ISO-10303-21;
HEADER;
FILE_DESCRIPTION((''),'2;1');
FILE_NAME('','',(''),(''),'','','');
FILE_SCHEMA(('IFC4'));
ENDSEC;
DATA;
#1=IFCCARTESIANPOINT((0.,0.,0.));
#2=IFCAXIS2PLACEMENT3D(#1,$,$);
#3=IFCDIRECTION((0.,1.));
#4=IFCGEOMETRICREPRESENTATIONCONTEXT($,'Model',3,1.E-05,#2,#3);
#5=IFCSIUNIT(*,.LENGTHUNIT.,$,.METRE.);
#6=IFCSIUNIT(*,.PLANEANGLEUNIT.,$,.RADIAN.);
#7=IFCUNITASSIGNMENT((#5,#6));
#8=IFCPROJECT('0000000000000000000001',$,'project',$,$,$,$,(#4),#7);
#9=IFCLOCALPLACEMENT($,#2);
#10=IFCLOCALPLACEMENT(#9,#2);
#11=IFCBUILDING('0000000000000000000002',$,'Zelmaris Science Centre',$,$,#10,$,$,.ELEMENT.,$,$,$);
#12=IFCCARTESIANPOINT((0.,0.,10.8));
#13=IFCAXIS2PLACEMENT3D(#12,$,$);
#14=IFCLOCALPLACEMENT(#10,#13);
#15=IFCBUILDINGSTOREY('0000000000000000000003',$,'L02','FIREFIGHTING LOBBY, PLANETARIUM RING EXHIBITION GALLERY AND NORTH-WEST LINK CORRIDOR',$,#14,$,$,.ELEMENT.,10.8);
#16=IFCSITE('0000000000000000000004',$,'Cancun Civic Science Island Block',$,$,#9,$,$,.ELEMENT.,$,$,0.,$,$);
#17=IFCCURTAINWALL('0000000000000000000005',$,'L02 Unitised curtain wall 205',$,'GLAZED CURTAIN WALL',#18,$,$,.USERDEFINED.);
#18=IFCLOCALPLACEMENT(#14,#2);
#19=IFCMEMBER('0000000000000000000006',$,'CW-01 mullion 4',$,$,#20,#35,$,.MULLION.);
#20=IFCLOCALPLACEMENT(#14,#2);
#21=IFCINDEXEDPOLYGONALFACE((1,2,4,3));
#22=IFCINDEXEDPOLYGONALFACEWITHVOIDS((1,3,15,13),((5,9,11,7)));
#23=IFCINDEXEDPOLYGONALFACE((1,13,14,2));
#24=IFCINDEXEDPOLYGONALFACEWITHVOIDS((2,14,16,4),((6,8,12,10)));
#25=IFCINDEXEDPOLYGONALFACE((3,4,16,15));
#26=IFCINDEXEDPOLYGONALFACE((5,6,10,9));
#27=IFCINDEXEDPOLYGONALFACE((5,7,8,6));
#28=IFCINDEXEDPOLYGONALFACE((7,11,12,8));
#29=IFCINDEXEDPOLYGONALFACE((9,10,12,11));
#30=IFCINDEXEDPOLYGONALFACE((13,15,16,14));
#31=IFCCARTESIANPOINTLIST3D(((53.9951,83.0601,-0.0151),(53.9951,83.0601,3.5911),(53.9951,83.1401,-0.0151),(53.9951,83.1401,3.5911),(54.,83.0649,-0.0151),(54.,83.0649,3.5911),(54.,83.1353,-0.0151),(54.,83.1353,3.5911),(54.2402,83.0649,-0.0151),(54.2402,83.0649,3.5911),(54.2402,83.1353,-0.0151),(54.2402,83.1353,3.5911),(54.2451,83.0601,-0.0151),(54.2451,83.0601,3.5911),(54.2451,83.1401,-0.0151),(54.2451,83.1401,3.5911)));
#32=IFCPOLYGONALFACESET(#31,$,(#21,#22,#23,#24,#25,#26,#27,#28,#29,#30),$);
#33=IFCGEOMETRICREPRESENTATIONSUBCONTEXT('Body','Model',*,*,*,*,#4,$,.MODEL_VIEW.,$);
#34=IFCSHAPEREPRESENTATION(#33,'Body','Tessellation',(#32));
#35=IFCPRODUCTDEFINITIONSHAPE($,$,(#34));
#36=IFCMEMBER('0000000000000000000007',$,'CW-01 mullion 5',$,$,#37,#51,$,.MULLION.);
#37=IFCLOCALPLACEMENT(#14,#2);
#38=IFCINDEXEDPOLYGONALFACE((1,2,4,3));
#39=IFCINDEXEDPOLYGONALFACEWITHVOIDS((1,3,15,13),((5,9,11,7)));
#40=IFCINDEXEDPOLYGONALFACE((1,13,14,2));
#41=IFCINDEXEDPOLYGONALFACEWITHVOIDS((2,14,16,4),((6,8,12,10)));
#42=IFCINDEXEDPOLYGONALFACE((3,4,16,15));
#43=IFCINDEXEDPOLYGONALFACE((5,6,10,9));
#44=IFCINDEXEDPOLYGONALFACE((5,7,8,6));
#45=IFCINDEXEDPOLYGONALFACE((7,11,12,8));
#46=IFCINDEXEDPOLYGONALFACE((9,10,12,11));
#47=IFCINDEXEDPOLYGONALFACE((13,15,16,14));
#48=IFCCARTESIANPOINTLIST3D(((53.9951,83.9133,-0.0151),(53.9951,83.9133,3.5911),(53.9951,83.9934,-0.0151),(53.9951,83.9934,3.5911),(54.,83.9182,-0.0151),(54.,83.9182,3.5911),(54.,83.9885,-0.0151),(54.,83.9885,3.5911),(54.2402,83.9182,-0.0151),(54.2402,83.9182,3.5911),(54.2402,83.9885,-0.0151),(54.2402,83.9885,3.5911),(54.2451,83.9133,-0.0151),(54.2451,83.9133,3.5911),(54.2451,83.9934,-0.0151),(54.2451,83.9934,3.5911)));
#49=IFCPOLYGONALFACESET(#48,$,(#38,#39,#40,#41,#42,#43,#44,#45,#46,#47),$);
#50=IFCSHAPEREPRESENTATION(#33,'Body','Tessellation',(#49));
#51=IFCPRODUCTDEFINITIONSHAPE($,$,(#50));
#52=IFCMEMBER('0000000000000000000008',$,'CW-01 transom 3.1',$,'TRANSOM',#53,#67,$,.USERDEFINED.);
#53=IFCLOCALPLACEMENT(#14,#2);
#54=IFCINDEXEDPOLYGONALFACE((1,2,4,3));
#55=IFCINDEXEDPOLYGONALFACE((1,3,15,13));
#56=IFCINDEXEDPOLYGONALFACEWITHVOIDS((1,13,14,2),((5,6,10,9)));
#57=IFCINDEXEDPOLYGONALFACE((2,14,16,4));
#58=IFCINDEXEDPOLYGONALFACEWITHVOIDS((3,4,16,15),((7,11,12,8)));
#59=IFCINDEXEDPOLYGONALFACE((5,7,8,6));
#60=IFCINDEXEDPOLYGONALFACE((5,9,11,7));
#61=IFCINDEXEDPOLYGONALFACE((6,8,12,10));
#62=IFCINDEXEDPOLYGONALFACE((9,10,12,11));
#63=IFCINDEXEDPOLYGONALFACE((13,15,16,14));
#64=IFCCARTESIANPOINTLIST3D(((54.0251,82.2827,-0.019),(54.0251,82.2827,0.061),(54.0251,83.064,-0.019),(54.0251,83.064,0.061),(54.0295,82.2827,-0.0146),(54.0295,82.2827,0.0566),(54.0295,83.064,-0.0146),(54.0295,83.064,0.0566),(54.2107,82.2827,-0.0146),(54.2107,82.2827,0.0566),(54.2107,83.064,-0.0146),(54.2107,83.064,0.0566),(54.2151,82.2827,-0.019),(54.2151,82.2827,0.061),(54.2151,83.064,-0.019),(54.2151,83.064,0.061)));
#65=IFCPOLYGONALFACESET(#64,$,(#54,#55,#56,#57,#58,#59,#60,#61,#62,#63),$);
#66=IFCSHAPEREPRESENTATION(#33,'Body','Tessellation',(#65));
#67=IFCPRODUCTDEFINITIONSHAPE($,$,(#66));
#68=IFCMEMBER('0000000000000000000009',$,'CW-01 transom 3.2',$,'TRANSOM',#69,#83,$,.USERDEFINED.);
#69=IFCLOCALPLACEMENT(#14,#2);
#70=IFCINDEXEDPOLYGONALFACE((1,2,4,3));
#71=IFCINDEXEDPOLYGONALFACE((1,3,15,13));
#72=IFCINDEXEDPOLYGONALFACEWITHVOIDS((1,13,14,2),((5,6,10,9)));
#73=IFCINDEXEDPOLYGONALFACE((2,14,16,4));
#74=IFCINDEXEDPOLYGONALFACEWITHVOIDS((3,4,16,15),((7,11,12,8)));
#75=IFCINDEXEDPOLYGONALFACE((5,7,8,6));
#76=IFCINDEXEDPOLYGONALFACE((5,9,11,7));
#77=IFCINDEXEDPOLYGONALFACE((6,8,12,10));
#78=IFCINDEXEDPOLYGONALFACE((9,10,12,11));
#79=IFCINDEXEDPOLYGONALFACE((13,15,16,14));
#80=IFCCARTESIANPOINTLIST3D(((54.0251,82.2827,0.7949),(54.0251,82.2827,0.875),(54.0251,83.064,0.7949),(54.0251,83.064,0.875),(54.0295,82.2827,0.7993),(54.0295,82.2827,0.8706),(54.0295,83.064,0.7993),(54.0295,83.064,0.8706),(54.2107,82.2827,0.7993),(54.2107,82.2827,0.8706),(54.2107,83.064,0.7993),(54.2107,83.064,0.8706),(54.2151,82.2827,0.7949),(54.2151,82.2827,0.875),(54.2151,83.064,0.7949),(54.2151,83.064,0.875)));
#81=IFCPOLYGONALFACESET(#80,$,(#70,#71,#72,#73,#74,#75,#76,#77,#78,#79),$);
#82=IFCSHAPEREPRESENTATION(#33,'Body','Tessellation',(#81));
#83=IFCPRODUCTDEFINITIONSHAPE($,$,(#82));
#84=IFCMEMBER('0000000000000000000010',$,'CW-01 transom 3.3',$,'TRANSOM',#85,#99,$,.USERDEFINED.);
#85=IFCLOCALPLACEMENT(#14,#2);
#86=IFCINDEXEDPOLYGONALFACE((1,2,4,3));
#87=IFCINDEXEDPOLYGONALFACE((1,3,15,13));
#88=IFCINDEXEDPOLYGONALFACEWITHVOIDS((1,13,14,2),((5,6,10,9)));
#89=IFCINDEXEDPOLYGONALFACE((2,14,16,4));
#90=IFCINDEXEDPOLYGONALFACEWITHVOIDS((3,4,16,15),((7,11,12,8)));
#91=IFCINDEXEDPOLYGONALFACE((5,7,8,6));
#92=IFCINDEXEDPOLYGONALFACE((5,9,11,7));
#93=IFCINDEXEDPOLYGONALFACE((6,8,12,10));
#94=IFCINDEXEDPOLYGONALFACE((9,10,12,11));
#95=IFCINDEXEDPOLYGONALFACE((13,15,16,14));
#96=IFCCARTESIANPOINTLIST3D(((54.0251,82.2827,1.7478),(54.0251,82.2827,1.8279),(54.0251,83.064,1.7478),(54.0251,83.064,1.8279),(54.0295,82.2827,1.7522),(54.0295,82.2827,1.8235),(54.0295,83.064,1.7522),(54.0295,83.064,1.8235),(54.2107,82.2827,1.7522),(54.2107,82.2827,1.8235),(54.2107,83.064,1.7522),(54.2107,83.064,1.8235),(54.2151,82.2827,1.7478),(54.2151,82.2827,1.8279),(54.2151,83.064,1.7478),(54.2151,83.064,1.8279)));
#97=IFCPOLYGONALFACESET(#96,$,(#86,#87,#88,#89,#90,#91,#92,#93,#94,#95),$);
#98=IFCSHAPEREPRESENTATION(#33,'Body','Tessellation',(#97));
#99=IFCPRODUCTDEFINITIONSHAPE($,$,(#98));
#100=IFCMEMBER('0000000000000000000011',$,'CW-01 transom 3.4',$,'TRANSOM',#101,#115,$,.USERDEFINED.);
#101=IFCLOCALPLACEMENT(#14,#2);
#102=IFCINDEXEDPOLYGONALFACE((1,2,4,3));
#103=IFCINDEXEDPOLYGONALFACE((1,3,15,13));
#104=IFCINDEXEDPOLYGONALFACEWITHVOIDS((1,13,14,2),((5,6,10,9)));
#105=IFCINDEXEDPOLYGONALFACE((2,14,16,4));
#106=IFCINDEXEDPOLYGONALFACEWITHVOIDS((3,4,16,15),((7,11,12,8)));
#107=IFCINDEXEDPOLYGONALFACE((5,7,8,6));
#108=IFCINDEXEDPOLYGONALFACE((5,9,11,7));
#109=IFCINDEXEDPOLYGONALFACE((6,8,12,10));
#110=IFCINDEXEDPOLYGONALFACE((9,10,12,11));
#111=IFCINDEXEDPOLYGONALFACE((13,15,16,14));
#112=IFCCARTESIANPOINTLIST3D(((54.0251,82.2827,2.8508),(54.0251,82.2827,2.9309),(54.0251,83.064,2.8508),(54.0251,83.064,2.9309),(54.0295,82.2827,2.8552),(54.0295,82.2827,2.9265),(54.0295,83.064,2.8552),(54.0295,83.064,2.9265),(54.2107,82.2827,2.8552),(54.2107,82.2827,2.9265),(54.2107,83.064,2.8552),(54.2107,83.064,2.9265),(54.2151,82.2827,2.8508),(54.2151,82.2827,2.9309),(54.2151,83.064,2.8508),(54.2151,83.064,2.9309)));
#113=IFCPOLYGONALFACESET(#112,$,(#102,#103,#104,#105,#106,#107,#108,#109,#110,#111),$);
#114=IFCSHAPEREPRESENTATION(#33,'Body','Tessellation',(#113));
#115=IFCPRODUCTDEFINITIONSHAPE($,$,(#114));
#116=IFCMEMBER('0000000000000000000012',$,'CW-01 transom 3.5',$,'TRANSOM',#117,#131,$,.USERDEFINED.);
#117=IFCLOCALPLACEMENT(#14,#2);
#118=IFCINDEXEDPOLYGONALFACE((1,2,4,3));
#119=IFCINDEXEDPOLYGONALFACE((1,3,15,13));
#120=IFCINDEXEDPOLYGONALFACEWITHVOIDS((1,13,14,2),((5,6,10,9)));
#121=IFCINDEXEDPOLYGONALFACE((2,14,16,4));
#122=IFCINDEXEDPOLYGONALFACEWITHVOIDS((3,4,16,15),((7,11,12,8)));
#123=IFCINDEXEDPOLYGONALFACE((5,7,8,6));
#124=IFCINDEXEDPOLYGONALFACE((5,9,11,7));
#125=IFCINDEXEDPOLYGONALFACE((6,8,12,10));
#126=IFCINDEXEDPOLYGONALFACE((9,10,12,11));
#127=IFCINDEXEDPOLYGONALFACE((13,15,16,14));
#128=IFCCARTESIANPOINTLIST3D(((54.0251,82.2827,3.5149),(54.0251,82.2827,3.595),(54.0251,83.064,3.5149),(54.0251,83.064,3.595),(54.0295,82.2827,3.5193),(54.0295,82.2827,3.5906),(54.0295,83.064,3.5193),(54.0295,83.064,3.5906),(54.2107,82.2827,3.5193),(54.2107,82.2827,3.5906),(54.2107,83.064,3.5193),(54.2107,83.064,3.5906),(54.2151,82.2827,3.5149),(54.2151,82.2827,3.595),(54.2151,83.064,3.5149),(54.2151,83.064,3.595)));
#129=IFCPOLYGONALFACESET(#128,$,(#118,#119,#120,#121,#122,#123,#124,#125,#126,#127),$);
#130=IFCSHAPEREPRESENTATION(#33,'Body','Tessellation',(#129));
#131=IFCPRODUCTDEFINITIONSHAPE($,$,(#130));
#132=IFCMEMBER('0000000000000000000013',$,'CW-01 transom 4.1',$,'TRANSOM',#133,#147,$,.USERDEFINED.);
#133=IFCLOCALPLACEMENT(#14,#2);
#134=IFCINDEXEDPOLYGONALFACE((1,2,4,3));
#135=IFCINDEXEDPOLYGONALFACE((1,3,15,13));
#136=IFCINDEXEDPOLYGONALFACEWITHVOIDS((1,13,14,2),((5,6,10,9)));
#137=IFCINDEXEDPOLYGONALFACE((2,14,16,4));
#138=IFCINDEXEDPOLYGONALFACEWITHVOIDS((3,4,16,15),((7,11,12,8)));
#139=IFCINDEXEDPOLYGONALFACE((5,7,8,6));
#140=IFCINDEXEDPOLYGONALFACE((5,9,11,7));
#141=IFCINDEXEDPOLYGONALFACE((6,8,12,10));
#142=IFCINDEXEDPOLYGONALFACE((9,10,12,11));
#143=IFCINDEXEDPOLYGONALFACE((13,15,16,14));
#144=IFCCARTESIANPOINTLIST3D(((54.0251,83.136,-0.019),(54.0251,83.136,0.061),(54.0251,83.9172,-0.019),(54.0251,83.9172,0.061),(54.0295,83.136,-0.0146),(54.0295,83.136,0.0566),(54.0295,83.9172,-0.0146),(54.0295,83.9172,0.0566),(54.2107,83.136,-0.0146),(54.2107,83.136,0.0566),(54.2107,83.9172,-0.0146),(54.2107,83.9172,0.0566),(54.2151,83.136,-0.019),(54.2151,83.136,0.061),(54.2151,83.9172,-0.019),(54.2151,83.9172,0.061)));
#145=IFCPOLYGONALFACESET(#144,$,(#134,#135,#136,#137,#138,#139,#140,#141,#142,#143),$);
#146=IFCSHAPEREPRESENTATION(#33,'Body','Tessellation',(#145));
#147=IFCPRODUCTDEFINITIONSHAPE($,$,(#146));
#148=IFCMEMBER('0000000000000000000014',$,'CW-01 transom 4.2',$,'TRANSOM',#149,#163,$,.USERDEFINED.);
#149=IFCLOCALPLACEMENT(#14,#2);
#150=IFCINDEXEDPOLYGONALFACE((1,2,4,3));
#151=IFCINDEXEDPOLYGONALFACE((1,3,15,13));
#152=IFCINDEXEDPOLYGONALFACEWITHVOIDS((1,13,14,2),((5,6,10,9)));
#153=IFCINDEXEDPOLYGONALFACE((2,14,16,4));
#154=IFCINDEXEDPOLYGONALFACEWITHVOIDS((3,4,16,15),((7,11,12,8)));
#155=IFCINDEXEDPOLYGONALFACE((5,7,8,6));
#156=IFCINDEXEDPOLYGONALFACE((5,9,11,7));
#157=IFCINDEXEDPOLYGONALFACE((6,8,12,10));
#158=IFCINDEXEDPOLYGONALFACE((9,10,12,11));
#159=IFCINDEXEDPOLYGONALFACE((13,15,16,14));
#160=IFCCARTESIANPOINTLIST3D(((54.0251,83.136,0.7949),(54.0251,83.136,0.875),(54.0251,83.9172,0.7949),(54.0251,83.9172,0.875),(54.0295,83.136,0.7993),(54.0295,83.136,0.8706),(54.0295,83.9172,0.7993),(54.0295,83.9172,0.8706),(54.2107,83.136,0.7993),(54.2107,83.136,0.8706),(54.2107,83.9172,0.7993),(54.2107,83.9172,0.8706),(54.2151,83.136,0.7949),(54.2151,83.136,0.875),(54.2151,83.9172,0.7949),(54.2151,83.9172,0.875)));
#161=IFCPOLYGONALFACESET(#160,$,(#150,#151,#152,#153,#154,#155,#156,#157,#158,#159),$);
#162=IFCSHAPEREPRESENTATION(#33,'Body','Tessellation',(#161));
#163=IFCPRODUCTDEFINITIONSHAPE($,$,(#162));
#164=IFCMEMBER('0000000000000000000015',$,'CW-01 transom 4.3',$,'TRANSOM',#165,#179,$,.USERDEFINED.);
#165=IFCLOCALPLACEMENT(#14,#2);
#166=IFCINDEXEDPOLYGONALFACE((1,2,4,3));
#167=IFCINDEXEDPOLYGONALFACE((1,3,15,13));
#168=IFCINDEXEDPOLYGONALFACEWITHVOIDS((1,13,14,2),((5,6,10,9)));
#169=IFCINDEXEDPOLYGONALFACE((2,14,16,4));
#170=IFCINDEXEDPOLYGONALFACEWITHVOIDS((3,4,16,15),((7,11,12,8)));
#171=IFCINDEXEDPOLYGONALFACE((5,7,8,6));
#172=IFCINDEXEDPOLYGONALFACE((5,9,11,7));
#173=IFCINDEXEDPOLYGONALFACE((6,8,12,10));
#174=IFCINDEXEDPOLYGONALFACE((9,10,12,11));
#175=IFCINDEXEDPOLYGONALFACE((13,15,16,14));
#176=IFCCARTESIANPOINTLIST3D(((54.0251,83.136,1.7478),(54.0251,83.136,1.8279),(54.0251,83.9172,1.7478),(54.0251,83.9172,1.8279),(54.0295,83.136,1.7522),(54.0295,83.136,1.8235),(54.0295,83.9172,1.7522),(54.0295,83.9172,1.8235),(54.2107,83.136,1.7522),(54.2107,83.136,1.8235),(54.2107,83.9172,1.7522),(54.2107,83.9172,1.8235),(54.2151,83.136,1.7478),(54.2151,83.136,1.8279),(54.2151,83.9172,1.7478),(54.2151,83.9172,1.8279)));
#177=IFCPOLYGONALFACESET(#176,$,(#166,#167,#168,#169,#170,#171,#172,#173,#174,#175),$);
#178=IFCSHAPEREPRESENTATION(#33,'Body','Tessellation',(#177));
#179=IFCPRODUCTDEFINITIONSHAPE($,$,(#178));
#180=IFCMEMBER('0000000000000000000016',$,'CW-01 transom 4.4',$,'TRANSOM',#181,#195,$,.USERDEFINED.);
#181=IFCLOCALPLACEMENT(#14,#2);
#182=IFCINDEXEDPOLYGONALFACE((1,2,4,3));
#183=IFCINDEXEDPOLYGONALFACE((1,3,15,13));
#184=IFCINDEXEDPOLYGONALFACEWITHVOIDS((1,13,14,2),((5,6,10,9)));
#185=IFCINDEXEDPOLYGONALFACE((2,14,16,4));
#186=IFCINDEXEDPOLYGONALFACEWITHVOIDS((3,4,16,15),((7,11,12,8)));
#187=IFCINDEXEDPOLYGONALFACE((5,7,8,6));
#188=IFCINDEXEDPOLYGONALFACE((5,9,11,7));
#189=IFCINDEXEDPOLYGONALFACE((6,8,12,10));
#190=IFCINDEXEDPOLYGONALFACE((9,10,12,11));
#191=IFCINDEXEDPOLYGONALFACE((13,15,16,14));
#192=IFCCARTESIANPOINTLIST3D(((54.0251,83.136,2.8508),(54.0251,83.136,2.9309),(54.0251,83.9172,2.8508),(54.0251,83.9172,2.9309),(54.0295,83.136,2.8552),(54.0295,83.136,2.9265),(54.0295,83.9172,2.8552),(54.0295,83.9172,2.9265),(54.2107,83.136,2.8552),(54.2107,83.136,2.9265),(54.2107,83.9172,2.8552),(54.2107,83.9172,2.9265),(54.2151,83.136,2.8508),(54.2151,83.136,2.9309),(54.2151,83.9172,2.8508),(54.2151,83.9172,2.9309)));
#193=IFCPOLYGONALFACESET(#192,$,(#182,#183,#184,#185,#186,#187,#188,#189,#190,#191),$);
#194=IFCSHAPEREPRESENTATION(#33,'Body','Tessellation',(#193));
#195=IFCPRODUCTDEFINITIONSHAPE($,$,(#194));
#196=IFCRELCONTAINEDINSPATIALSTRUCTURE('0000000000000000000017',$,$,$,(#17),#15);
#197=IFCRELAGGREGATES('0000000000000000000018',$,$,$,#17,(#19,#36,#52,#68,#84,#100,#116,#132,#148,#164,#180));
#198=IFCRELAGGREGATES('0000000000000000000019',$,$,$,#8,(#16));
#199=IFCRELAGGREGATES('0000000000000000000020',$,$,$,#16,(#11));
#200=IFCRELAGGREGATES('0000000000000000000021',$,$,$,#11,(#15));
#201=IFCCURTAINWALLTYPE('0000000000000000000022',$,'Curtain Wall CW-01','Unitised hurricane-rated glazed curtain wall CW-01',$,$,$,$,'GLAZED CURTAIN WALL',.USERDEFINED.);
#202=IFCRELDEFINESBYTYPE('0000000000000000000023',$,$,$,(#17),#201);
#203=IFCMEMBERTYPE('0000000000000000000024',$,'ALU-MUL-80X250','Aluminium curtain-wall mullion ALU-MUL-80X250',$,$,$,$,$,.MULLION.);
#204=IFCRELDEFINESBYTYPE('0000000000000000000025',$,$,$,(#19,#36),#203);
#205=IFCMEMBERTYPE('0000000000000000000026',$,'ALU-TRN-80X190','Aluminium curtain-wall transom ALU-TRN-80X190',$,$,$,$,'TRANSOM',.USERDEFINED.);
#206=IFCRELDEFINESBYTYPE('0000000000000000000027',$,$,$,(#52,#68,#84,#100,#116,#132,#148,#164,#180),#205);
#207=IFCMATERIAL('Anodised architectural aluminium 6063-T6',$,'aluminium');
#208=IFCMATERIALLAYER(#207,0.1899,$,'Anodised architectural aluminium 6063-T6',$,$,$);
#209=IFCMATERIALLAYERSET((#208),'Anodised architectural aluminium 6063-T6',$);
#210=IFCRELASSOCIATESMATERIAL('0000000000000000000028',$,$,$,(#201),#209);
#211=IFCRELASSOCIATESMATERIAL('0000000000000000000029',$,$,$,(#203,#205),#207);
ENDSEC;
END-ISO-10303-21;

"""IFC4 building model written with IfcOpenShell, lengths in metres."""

from ifc_helpers import new_model, si_unit, direction, frame, origin, origin_2d, place, context, subcontext, project, spatial, hollow_rectangle, extrude, material, layer, layer_set, material_profile, profile_set, type_object, element, aggregate, save


model = new_model("IFC4")

# Units and contexts
model_context = context("Model", 3, precision=1e-05, world=origin(), true_north=direction((0.0, 1.0)))
body_context = subcontext(model_context, "Body", "Model", "MODEL_VIEW")
ifc_project = project(units=[si_unit("LENGTHUNIT", "METRE"), si_unit("PLANEANGLEUNIT", "RADIAN")], contexts=[model_context])

# Site, building, storey
site_placement = place(None, origin())
site = spatial("IfcSite", under=ifc_project, at=site_placement, Name="Cancun Civic Science Island Block", CompositionType="ELEMENT", RefElevation=0.0)
building_placement = place(site_placement, origin())
building = spatial("IfcBuilding", under=site, at=building_placement, Name="Zelmaris Science Centre", CompositionType="ELEMENT")
storey_placement = place(building_placement, frame((0.0, 0.0, 10.8)))
storey = spatial("IfcBuildingStorey", under=building, at=storey_placement, Name="L02", Description="FIREFIGHTING LOBBY, PLANETARIUM RING EXHIBITION GALLERY AND NORTH-WEST LINK CORRIDOR", CompositionType="ELEMENT", Elevation=10.8)

# Curtain wall, members
ifc_material_1 = material(Name="Anodised architectural aluminium 6063-T6", Category="aluminium")
ifc_layer_1 = layer(ifc_material_1, 0.1899, Name="Anodised architectural aluminium 6063-T6")
ifc_layer_set_1 = layer_set([ifc_layer_1], Name="Anodised architectural aluminium 6063-T6")
curtain_wall_type = type_object("IfcCurtainWallType", Name="Curtain Wall CW-01", Description="Unitised hurricane-rated glazed curtain wall CW-01", ElementType="GLAZED CURTAIN WALL", PredefinedType="USERDEFINED", material=ifc_layer_set_1)
curtain_wall_placement = place(storey_placement, origin())
curtain_wall = element("IfcCurtainWall", 1, at=curtain_wall_placement, inside=storey, type_object=curtain_wall_type, Name="L02 Unitised curtain wall 205", ObjectType="GLAZED CURTAIN WALL", PredefinedType="USERDEFINED")
ifc_material_profile_1 = material_profile(ifc_material_1, hollow_rectangle(XDim=0.0801, YDim=0.25, WallThickness=0.0049, at=origin_2d()), Name="ALU-MUL-80X250")
ifc_profile_set_1 = profile_set([ifc_material_profile_1], Name="Anodised architectural aluminium 6063-T6")
member_type_1 = type_object("IfcMemberType", Name="ALU-MUL-80X250", Description="Aluminium curtain-wall mullion ALU-MUL-80X250", PredefinedType="MULLION", material=ifc_profile_set_1)
member_1_placement = place(storey_placement, frame((54.1201, 83.1001, -0.0151), z_axis=(0.0, 0.0, 1.0), x_axis=(0.000007, 1.0, 0.0)))
member_1 = element("IfcMember", 2, at=member_1_placement, type_object=member_type_1, Name="CW-01 mullion 4", PredefinedType="MULLION", context=body_context, shape_type="SweptSolid", body=[
    extrude(hollow_rectangle(XDim=0.0801, YDim=0.25, WallThickness=0.0049, at=origin_2d()), origin(), (0.0, 0.0, 1.0), 3.6062),
])
member_2_placement = place(storey_placement, frame((54.1201, 83.9534, -0.0151), z_axis=(0.0, 0.0, 1.0), x_axis=(0.000007, 1.0, 0.0)))
member_2 = element("IfcMember", 3, at=member_2_placement, type_object=member_type_1, Name="CW-01 mullion 5", PredefinedType="MULLION", context=body_context, shape_type="SweptSolid", body=[
    extrude(hollow_rectangle(XDim=0.0801, YDim=0.25, WallThickness=0.0049, at=origin_2d()), origin(), (0.0, 0.0, 1.0), 3.6062),
])
ifc_material_profile_2 = material_profile(ifc_material_1, hollow_rectangle(XDim=0.0801, YDim=0.1899, WallThickness=0.0044, at=origin_2d()), Name="ALU-TRN-80X190")
ifc_profile_set_2 = profile_set([ifc_material_profile_2], Name="Anodised architectural aluminium 6063-T6")
member_type_2 = type_object("IfcMemberType", Name="ALU-TRN-80X190", Description="Aluminium curtain-wall transom ALU-TRN-80X190", ElementType="TRANSOM", PredefinedType="USERDEFINED", material=ifc_profile_set_2)
member_3_placement = place(storey_placement, frame((54.1201, 82.2827, 0.021), z_axis=(0.0, 1.0, 0.0), x_axis=(0.0, 0.0, 1.0)))
member_3 = element("IfcMember", 4, at=member_3_placement, type_object=member_type_2, Name="CW-01 transom 3.1", ObjectType="TRANSOM", PredefinedType="USERDEFINED", context=body_context, shape_type="SweptSolid", body=[
    extrude(hollow_rectangle(XDim=0.0801, YDim=0.1899, WallThickness=0.0044, at=origin_2d()), origin(), (0.0, 0.0, 1.0), 0.7812),
])
member_4_placement = place(storey_placement, frame((54.1201, 82.2827, 0.835), z_axis=(0.0, 1.0, 0.0), x_axis=(0.0, 0.0, 1.0)))
member_4 = element("IfcMember", 5, at=member_4_placement, type_object=member_type_2, Name="CW-01 transom 3.2", ObjectType="TRANSOM", PredefinedType="USERDEFINED", context=body_context, shape_type="SweptSolid", body=[
    extrude(hollow_rectangle(XDim=0.0801, YDim=0.1899, WallThickness=0.0044, at=origin_2d()), origin(), (0.0, 0.0, 1.0), 0.7812),
])
member_5_placement = place(storey_placement, frame((54.1201, 82.2827, 1.7878), z_axis=(0.0, 1.0, 0.0), x_axis=(0.0, 0.0, 1.0)))
member_5 = element("IfcMember", 6, at=member_5_placement, type_object=member_type_2, Name="CW-01 transom 3.3", ObjectType="TRANSOM", PredefinedType="USERDEFINED", context=body_context, shape_type="SweptSolid", body=[
    extrude(hollow_rectangle(XDim=0.0801, YDim=0.1899, WallThickness=0.0044, at=origin_2d()), origin(), (0.0, 0.0, 1.0), 0.7812),
])
member_6_placement = place(storey_placement, frame((54.1201, 82.2827, 2.8909), z_axis=(0.0, 1.0, 0.0), x_axis=(0.0, 0.0, 1.0)))
member_6 = element("IfcMember", 7, at=member_6_placement, type_object=member_type_2, Name="CW-01 transom 3.4", ObjectType="TRANSOM", PredefinedType="USERDEFINED", context=body_context, shape_type="SweptSolid", body=[
    extrude(hollow_rectangle(XDim=0.0801, YDim=0.1899, WallThickness=0.0044, at=origin_2d()), origin(), (0.0, 0.0, 1.0), 0.7812),
])
member_7_placement = place(storey_placement, frame((54.1201, 82.2827, 3.5549), z_axis=(0.0, 1.0, 0.0), x_axis=(0.0, 0.0, 1.0)))
member_7 = element("IfcMember", 8, at=member_7_placement, type_object=member_type_2, Name="CW-01 transom 3.5", ObjectType="TRANSOM", PredefinedType="USERDEFINED", context=body_context, shape_type="SweptSolid", body=[
    extrude(hollow_rectangle(XDim=0.0801, YDim=0.1899, WallThickness=0.0044, at=origin_2d()), origin(), (0.0, 0.0, 1.0), 0.7812),
])
member_8_placement = place(storey_placement, frame((54.1201, 83.136, 0.021), z_axis=(0.0, 1.0, 0.0), x_axis=(0.0, 0.0, 1.0)))
member_8 = element("IfcMember", 9, at=member_8_placement, type_object=member_type_2, Name="CW-01 transom 4.1", ObjectType="TRANSOM", PredefinedType="USERDEFINED", context=body_context, shape_type="SweptSolid", body=[
    extrude(hollow_rectangle(XDim=0.0801, YDim=0.1899, WallThickness=0.0044, at=origin_2d()), origin(), (0.0, 0.0, 1.0), 0.7812),
])
member_9_placement = place(storey_placement, frame((54.1201, 83.136, 0.835), z_axis=(0.0, 1.0, 0.0), x_axis=(0.0, 0.0, 1.0)))
member_9 = element("IfcMember", 10, at=member_9_placement, type_object=member_type_2, Name="CW-01 transom 4.2", ObjectType="TRANSOM", PredefinedType="USERDEFINED", context=body_context, shape_type="SweptSolid", body=[
    extrude(hollow_rectangle(XDim=0.0801, YDim=0.1899, WallThickness=0.0044, at=origin_2d()), origin(), (0.0, 0.0, 1.0), 0.7812),
])
member_10_placement = place(storey_placement, frame((54.1201, 83.136, 1.7878), z_axis=(0.0, 1.0, 0.0), x_axis=(0.0, 0.0, 1.0)))
member_10 = element("IfcMember", 11, at=member_10_placement, type_object=member_type_2, Name="CW-01 transom 4.3", ObjectType="TRANSOM", PredefinedType="USERDEFINED", context=body_context, shape_type="SweptSolid", body=[
    extrude(hollow_rectangle(XDim=0.0801, YDim=0.1899, WallThickness=0.0044, at=origin_2d()), origin(), (0.0, 0.0, 1.0), 0.7812),
])
member_11_placement = place(storey_placement, frame((54.1201, 83.136, 2.8909), z_axis=(0.0, 1.0, 0.0), x_axis=(0.0, 0.0, 1.0)))
member_11 = element("IfcMember", 12, at=member_11_placement, type_object=member_type_2, Name="CW-01 transom 4.4", ObjectType="TRANSOM", PredefinedType="USERDEFINED", context=body_context, shape_type="SweptSolid", body=[
    extrude(hollow_rectangle(XDim=0.0801, YDim=0.1899, WallThickness=0.0044, at=origin_2d()), origin(), (0.0, 0.0, 1.0), 0.7812),
])
aggregate(curtain_wall, [member_1, member_2, member_3, member_4, member_5, member_6, member_7, member_8, member_9, member_10, member_11])

save(model, "model.ifc")
